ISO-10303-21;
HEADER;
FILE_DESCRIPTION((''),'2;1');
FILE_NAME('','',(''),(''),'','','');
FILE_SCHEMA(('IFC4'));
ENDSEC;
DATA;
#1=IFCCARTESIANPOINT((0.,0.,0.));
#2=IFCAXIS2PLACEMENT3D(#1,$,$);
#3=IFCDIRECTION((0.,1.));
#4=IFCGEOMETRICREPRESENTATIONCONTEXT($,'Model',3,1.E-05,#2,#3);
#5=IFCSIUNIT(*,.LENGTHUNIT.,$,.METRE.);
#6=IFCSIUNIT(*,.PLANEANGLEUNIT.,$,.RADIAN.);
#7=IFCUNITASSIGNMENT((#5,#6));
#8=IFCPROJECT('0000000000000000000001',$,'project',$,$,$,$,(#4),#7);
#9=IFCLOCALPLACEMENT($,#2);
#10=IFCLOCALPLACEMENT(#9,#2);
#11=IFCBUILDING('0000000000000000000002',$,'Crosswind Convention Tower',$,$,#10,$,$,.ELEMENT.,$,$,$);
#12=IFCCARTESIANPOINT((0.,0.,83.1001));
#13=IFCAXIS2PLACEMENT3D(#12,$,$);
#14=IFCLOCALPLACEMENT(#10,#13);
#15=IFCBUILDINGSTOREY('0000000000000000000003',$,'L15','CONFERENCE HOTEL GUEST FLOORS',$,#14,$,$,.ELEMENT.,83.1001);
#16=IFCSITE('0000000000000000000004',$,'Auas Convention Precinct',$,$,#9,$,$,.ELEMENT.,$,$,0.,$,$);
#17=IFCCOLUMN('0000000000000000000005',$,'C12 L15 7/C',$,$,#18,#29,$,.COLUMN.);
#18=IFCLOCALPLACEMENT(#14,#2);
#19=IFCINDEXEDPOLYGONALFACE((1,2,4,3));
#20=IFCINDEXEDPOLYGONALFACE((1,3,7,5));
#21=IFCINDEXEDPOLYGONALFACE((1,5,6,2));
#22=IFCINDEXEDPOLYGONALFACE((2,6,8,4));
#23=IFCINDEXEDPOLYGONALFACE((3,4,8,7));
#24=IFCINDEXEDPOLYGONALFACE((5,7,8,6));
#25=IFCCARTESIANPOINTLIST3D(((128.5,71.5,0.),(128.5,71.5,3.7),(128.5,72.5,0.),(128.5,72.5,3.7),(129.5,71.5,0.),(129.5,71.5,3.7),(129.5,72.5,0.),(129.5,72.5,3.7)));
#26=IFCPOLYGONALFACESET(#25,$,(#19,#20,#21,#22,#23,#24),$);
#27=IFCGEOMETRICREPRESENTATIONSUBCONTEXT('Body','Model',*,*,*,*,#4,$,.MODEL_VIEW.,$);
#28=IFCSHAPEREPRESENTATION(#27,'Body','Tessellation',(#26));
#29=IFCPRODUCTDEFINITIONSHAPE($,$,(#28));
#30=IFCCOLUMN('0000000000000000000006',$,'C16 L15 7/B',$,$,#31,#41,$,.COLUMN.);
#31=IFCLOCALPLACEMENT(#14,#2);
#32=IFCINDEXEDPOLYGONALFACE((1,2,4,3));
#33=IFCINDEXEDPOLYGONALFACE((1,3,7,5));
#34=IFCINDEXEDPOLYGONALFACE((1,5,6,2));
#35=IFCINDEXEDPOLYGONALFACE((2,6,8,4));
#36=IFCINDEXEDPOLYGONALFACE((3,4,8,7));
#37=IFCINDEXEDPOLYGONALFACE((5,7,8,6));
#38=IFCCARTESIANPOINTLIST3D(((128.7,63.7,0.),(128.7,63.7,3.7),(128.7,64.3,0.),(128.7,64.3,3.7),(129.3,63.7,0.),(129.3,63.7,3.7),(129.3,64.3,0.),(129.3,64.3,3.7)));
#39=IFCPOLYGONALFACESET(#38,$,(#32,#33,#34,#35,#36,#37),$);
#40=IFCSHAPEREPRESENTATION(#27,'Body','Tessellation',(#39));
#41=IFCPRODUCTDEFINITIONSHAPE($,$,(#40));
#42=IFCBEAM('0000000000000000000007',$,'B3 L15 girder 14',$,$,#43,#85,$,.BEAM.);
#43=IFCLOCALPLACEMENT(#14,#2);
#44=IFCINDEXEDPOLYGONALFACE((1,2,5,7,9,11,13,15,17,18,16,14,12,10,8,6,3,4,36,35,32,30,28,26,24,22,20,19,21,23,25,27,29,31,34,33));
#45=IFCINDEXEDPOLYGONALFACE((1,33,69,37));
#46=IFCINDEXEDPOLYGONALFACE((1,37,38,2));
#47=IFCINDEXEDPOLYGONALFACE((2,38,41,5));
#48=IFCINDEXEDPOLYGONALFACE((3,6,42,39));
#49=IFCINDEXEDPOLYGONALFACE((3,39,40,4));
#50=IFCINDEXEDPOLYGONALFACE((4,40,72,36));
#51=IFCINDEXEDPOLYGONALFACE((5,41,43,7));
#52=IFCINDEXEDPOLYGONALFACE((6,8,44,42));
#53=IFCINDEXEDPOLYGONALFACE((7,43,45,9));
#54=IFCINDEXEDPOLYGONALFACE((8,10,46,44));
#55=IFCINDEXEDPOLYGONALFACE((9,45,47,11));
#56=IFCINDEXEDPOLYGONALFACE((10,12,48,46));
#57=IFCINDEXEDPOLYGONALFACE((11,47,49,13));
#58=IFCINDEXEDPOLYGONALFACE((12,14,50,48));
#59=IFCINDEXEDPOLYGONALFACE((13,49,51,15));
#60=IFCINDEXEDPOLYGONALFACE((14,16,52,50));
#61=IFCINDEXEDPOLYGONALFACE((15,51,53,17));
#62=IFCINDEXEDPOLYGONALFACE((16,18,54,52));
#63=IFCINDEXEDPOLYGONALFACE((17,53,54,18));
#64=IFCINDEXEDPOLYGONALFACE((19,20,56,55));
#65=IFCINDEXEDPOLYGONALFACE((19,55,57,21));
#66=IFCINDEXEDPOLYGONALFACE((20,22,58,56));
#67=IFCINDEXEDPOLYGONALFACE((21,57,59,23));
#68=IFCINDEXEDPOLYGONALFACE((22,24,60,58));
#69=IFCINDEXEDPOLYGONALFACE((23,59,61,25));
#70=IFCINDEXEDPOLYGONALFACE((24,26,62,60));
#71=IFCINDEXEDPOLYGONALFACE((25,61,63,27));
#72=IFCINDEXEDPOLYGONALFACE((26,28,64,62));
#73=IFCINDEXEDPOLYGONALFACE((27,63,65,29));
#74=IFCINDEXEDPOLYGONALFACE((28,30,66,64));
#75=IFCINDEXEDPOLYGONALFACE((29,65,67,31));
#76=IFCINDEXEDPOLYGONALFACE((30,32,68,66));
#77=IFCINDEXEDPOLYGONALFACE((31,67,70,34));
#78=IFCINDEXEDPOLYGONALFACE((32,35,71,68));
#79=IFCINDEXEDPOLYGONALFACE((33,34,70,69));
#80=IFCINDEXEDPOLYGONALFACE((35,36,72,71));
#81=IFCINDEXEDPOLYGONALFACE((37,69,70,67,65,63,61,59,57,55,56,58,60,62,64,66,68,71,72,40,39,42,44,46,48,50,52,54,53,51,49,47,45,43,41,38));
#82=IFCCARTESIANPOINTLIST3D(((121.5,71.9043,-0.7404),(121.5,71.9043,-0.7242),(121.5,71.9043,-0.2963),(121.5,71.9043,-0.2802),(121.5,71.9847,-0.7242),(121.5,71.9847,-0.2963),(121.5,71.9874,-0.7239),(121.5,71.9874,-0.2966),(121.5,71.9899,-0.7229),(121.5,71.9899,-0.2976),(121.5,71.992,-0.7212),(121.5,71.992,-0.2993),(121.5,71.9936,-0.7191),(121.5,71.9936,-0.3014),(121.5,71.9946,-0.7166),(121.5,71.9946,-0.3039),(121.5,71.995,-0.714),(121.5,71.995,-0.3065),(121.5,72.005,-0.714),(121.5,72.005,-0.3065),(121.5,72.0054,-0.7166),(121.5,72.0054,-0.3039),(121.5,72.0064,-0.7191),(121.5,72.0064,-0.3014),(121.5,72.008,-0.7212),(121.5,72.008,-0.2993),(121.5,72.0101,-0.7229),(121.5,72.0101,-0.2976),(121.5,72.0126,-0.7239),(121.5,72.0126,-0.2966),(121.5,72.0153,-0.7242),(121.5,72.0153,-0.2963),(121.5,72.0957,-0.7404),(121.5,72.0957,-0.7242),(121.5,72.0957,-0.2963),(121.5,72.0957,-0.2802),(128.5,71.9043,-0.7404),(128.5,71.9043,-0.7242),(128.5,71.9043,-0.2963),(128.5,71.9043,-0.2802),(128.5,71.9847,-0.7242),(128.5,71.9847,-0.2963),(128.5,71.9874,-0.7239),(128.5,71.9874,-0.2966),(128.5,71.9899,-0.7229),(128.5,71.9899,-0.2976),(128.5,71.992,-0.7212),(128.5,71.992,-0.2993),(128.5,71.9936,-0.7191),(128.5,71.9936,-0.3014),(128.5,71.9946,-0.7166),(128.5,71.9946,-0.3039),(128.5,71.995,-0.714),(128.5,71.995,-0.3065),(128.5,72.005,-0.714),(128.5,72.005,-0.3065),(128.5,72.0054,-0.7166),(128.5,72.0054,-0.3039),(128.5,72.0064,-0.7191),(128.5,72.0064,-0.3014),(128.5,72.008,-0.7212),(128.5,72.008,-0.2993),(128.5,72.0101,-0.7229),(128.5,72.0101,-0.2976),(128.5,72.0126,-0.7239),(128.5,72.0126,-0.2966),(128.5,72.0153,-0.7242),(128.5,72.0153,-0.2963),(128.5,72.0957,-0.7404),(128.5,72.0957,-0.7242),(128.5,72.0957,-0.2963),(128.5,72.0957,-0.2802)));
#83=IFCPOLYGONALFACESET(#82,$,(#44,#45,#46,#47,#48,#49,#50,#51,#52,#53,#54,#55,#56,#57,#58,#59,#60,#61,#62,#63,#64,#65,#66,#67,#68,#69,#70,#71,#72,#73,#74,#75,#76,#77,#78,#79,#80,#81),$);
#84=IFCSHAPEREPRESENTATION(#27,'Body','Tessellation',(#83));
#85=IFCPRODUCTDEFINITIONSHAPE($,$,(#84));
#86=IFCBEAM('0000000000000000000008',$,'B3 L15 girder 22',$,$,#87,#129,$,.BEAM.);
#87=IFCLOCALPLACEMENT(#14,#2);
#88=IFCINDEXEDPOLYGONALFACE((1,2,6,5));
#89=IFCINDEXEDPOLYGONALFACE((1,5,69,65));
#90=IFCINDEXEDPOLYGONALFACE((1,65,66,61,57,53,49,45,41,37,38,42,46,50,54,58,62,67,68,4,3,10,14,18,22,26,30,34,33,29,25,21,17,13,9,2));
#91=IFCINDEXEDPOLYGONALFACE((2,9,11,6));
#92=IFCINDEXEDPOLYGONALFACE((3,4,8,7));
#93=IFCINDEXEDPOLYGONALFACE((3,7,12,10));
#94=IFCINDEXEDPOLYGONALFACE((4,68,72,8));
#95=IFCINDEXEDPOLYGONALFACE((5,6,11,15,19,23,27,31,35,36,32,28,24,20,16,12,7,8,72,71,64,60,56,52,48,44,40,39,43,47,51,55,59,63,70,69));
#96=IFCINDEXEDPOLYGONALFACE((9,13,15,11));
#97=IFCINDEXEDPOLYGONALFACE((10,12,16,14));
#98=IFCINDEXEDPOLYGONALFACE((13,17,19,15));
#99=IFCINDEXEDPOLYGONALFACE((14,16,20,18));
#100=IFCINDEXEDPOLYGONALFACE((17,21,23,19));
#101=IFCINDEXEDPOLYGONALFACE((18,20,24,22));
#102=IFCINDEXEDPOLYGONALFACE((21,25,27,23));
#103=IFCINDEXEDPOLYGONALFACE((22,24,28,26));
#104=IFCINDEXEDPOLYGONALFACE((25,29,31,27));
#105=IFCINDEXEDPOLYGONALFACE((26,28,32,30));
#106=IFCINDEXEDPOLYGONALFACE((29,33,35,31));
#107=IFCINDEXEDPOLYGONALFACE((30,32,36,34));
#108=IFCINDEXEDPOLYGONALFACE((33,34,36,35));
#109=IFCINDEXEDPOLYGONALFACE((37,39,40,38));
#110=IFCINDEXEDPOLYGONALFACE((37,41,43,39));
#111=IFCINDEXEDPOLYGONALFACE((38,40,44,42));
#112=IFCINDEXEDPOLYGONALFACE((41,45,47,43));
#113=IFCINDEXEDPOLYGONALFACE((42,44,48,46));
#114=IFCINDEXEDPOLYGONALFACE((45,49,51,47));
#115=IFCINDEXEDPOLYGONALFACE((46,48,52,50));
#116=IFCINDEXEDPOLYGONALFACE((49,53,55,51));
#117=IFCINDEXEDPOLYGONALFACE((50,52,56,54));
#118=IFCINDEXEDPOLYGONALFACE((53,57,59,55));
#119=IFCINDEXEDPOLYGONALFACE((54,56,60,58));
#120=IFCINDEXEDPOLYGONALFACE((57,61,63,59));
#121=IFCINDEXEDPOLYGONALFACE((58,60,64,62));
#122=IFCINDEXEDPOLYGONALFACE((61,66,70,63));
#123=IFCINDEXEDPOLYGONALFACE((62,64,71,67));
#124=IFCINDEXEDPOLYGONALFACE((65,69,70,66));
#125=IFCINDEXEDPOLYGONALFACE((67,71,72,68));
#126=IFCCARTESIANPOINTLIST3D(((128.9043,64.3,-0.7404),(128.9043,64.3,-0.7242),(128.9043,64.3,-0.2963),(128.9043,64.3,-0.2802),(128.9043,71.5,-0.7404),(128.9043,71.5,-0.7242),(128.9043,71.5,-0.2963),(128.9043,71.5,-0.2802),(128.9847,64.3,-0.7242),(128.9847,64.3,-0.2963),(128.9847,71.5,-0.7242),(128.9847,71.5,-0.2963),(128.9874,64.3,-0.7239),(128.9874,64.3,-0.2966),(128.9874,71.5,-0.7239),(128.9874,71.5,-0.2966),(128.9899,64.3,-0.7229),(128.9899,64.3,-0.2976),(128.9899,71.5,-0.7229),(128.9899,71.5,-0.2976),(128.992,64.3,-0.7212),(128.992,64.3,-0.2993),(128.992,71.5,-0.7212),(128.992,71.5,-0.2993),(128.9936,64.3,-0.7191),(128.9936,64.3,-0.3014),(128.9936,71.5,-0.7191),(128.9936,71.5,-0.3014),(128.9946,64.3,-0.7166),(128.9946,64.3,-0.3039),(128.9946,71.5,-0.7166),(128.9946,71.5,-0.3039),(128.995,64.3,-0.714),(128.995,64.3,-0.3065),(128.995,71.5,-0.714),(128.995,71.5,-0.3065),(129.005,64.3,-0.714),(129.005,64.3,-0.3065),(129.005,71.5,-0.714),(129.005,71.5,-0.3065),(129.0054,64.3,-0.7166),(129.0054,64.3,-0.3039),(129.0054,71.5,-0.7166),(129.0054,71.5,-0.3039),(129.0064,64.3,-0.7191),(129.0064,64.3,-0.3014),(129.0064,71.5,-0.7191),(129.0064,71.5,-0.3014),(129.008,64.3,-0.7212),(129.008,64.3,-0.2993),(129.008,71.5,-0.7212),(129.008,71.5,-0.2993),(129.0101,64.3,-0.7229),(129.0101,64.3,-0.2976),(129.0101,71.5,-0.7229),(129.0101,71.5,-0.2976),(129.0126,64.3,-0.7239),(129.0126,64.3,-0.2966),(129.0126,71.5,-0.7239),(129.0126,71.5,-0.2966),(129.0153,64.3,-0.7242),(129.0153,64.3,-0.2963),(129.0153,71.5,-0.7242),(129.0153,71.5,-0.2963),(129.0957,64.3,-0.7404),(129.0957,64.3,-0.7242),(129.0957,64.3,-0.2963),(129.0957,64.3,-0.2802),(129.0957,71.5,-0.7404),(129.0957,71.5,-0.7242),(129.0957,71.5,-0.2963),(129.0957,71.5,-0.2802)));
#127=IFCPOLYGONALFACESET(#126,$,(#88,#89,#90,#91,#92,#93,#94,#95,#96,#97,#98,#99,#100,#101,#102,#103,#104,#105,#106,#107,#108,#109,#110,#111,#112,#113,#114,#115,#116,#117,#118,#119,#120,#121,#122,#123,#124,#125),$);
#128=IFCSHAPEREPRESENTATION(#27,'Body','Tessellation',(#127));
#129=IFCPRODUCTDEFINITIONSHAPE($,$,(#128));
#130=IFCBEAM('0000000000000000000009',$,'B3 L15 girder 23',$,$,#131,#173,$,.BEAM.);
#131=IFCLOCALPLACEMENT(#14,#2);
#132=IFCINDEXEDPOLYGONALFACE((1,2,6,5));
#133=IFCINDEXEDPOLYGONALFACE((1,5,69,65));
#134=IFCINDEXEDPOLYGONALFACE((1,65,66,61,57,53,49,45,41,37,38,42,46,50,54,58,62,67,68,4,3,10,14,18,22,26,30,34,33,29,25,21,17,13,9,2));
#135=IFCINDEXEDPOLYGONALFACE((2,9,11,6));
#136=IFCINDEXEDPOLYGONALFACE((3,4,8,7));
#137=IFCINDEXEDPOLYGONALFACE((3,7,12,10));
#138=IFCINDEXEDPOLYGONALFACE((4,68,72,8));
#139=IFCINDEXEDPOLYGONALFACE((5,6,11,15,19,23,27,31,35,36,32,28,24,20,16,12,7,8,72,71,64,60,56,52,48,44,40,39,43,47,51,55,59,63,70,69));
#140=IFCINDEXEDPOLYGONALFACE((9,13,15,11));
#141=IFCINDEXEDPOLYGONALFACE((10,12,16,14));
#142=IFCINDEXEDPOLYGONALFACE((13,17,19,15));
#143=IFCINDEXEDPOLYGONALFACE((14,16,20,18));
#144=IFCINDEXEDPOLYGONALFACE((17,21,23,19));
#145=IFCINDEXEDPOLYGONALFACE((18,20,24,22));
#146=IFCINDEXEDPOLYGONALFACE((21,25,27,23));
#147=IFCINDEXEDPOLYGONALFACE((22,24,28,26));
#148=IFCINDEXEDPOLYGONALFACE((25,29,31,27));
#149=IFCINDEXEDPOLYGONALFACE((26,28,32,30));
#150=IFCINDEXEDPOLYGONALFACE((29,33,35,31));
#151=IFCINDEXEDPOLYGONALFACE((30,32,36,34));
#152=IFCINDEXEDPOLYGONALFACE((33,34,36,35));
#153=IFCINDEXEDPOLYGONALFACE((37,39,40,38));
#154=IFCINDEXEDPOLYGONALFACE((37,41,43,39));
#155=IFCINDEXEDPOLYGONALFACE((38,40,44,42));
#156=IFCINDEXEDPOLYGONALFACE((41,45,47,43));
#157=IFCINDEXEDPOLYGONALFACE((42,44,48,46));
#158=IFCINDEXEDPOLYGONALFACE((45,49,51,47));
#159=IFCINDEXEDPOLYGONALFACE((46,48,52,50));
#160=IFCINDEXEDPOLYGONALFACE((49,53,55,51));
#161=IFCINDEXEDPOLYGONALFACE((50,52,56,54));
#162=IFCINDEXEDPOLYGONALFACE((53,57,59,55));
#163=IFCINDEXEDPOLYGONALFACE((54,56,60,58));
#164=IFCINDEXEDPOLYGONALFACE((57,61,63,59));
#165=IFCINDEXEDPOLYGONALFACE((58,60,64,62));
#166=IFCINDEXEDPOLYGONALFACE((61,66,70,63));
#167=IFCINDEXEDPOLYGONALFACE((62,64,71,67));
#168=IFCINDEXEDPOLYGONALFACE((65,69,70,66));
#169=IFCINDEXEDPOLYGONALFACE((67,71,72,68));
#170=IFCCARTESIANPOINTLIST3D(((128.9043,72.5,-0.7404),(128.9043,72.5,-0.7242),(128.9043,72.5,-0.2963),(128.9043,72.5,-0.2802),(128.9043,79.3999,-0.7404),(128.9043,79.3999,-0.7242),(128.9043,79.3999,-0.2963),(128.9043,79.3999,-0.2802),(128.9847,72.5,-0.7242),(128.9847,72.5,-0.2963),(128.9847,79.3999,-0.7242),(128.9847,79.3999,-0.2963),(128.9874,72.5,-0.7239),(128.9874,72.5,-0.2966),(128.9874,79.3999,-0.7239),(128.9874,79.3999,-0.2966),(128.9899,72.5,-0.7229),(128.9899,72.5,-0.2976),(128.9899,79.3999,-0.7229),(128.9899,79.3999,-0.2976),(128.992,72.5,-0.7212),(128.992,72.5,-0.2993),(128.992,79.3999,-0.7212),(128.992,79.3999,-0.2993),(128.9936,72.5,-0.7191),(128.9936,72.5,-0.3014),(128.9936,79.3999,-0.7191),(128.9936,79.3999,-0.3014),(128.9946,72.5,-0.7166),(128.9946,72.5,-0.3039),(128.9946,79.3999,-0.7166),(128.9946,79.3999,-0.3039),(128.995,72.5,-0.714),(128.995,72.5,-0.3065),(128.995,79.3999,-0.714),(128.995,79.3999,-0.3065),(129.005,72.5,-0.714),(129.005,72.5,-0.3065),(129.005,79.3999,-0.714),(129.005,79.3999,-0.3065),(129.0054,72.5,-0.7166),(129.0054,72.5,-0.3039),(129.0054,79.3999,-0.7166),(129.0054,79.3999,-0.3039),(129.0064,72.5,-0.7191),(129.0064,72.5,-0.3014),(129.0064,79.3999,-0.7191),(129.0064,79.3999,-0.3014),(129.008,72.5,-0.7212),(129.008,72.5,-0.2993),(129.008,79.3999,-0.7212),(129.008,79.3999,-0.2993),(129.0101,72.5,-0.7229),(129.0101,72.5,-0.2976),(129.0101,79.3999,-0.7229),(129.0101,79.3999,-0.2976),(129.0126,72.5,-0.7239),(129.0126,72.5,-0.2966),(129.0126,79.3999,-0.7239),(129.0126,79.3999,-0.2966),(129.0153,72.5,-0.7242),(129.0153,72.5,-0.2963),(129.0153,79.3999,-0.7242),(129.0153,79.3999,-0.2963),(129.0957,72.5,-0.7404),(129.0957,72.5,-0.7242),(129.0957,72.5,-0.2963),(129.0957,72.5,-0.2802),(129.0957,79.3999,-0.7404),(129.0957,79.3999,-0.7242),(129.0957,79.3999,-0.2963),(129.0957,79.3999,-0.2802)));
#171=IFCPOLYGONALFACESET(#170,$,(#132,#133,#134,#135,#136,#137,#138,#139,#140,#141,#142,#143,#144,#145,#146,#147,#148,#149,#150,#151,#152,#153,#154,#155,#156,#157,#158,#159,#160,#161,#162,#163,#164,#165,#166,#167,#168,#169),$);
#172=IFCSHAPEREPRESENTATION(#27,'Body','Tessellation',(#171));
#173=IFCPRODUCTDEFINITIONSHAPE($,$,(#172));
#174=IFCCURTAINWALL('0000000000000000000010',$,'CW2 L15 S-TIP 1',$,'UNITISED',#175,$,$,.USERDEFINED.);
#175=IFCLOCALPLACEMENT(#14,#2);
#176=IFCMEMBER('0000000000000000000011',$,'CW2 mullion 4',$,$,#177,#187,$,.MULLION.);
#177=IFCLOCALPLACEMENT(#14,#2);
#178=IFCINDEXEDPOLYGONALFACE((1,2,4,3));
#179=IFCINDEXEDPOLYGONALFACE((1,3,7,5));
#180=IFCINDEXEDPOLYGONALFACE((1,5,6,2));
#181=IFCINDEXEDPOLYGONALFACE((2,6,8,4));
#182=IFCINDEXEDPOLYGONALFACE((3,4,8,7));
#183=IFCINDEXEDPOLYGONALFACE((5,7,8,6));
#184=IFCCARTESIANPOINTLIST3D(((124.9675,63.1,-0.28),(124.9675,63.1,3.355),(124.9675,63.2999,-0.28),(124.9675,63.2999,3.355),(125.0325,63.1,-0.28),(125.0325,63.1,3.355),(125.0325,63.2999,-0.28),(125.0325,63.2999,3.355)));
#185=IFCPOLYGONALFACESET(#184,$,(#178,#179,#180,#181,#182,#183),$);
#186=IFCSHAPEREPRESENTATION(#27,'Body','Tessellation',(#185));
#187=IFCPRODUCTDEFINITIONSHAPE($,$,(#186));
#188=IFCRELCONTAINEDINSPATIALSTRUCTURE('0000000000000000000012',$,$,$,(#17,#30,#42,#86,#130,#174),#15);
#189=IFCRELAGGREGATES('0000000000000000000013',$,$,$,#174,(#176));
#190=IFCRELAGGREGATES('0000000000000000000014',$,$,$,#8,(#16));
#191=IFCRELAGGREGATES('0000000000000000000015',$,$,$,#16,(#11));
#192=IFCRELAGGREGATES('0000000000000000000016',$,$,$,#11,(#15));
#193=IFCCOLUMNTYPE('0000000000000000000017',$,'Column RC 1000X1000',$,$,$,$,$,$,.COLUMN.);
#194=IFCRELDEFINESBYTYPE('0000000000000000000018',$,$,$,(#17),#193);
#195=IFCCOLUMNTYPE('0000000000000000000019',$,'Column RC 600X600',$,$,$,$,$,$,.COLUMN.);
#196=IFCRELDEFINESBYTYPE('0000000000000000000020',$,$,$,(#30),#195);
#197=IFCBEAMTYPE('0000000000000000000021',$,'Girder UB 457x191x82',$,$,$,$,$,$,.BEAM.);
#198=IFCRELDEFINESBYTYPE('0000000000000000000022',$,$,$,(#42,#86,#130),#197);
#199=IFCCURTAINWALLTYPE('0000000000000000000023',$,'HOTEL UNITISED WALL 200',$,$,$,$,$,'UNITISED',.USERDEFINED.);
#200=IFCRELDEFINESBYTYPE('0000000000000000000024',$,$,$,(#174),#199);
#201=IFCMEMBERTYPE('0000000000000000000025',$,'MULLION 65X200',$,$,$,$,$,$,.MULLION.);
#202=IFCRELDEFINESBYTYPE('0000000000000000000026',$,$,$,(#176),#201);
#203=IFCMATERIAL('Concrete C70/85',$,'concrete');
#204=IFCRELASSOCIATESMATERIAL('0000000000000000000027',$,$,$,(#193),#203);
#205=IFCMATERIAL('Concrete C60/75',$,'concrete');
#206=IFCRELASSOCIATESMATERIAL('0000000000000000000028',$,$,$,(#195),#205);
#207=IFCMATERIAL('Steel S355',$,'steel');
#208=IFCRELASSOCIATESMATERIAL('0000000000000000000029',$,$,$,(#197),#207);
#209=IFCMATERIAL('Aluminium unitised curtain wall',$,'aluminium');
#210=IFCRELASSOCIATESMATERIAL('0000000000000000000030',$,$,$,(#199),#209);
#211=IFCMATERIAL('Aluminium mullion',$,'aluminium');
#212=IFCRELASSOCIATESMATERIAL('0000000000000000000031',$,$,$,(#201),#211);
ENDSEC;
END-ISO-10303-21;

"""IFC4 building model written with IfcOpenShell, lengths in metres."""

from ifc_helpers import new_model, si_unit, direction, frame, origin, origin_2d, place, context, subcontext, project, spatial, rectangle, i_section, extrude, material, material_profile, profile_set, type_object, element, aggregate, save


model = new_model("IFC4")

# Units and contexts
model_context = context("Model", 3, precision=1e-05, world=origin(), true_north=direction((0.0, 1.0)))
body_context = subcontext(model_context, "Body", "Model", "MODEL_VIEW")
ifc_project = project(units=[si_unit("LENGTHUNIT", "METRE"), si_unit("PLANEANGLEUNIT", "RADIAN")], contexts=[model_context])

# Site, building, storey
site_placement = place(None, origin())
site = spatial("IfcSite", under=ifc_project, at=site_placement, Name="Auas Convention Precinct", CompositionType="ELEMENT", RefElevation=0.0)
building_placement = place(site_placement, origin())
building = spatial("IfcBuilding", under=site, at=building_placement, Name="Crosswind Convention Tower", CompositionType="ELEMENT")
storey_placement = place(building_placement, frame((0.0, 0.0, 83.1001)))
storey = spatial("IfcBuildingStorey", under=building, at=storey_placement, Name="L15", Description="CONFERENCE HOTEL GUEST FLOORS", CompositionType="ELEMENT", Elevation=83.1001)

# Columns
ifc_material_1 = material(Name="Concrete C70/85", Category="concrete")
ifc_material_profile_1 = material_profile(ifc_material_1, rectangle(XDim=1.0, YDim=1.0, at=origin_2d()), Name="RC 1000X1000")
ifc_profile_set_1 = profile_set([ifc_material_profile_1], Name="Concrete C70/85")
column_type_1 = type_object("IfcColumnType", Name="Column RC 1000X1000", PredefinedType="COLUMN", material=ifc_profile_set_1)
column_1_placement = place(storey_placement, frame((129.0, 72.0, 0.0), z_axis=(0.0, 0.0, 1.0), x_axis=(1.0, 0.0, 0.0)))
element("IfcColumn", 1, at=column_1_placement, inside=storey, type_object=column_type_1, Name="C12 L15 7/C", PredefinedType="COLUMN", context=body_context, shape_type="SweptSolid", body=[
    extrude(rectangle(XDim=1.0, YDim=1.0, at=origin_2d()), origin(), (0.0, 0.0, 1.0), 3.7),
])
ifc_material_2 = material(Name="Concrete C60/75", Category="concrete")
ifc_material_profile_2 = material_profile(ifc_material_2, rectangle(XDim=0.6001, YDim=0.6001, at=origin_2d()), Name="RC 600X600")
ifc_profile_set_2 = profile_set([ifc_material_profile_2], Name="Concrete C60/75")
column_type_2 = type_object("IfcColumnType", Name="Column RC 600X600", PredefinedType="COLUMN", material=ifc_profile_set_2)
column_2_placement = place(storey_placement, frame((129.0, 64.0, 0.0), z_axis=(0.0, 0.0, 1.0), x_axis=(1.0, 0.0, 0.0)))
element("IfcColumn", 2, at=column_2_placement, inside=storey, type_object=column_type_2, Name="C16 L15 7/B", PredefinedType="COLUMN", context=body_context, shape_type="SweptSolid", body=[
    extrude(rectangle(XDim=0.6001, YDim=0.6001, at=origin_2d()), origin(), (0.0, 0.0, 1.0), 3.7),
])

# Beams
ifc_material_3 = material(Name="Steel S355", Category="steel")
ifc_material_profile_3 = material_profile(ifc_material_3, i_section(OverallWidth=0.1914, OverallDepth=0.4602, WebThickness=0.01, FlangeThickness=0.0161, FilletRadius=0.0103, at=origin_2d()), Name="UB 457x191x82")
ifc_profile_set_3 = profile_set([ifc_material_profile_3], Name="Steel S355")
beam_type_1 = type_object("IfcBeamType", Name="Girder UB 457x191x82", PredefinedType="BEAM", material=ifc_profile_set_3)
beam_1_placement = place(storey_placement, frame((121.5, 72.0, -0.5103), z_axis=(1.0, 0.0, 0.0), x_axis=(0.0, 1.0, 0.0)))
element("IfcBeam", 3, at=beam_1_placement, inside=storey, type_object=beam_type_1, Name="B3 L15 girder 14", PredefinedType="BEAM", context=body_context, shape_type="SweptSolid", body=[
    extrude(i_section(OverallWidth=0.1914, OverallDepth=0.4602, WebThickness=0.01, FlangeThickness=0.0161, FilletRadius=0.0103, at=origin_2d()), origin(), (0.0, 0.0, 1.0), 7.0),
])
beam_2_placement = place(storey_placement, frame((129.0, 64.3, -0.5103), z_axis=(0.0, 1.0, 0.0), x_axis=(-1.0, 0.0, 0.0)))
element("IfcBeam", 4, at=beam_2_placement, inside=storey, type_object=beam_type_1, Name="B3 L15 girder 22", PredefinedType="BEAM", context=body_context, shape_type="SweptSolid", body=[
    extrude(i_section(OverallWidth=0.1914, OverallDepth=0.4602, WebThickness=0.01, FlangeThickness=0.0161, FilletRadius=0.0103, at=origin_2d()), origin(), (0.0, 0.0, 1.0), 7.2),
])
beam_3_placement = place(storey_placement, frame((129.0, 72.5, -0.5103), z_axis=(0.0, 1.0, 0.0), x_axis=(-1.0, 0.0, 0.0)))
element("IfcBeam", 5, at=beam_3_placement, inside=storey, type_object=beam_type_1, Name="B3 L15 girder 23", PredefinedType="BEAM", context=body_context, shape_type="SweptSolid", body=[
    extrude(i_section(OverallWidth=0.1914, OverallDepth=0.4602, WebThickness=0.01, FlangeThickness=0.0161, FilletRadius=0.0103, at=origin_2d()), origin(), (0.0, 0.0, 1.0), 6.8999),
])

# Curtain wall, member
ifc_material_4 = material(Name="Aluminium unitised curtain wall", Category="aluminium")
curtain_wall_type = type_object("IfcCurtainWallType", Name="HOTEL UNITISED WALL 200", ElementType="UNITISED", PredefinedType="USERDEFINED", material=ifc_material_4)
curtain_wall_placement = place(storey_placement, origin())
curtain_wall = element("IfcCurtainWall", 6, at=curtain_wall_placement, inside=storey, type_object=curtain_wall_type, Name="CW2 L15 S-TIP 1", ObjectType="UNITISED", PredefinedType="USERDEFINED")
ifc_material_5 = material(Name="Aluminium mullion", Category="aluminium")
ifc_material_profile_4 = material_profile(ifc_material_5, rectangle(XDim=0.2, YDim=0.0649, at=origin_2d()), Name="AL 200X65")
ifc_profile_set_4 = profile_set([ifc_material_profile_4], Name="Aluminium mullion")
member_type = type_object("IfcMemberType", Name="MULLION 65X200", PredefinedType="MULLION", material=ifc_profile_set_4)
member_1_placement = place(storey_placement, frame((125.0, 63.2, -0.28), z_axis=(0.0, 0.0, 1.0), x_axis=(0.0, -1.0, 0.0)))
member_1 = element("IfcMember", 7, at=member_1_placement, type_object=member_type, Name="CW2 mullion 4", PredefinedType="MULLION", context=body_context, shape_type="SweptSolid", body=[
    extrude(rectangle(XDim=0.2, YDim=0.0649, at=origin_2d()), origin(), (0.0, 0.0, 1.0), 3.635),
])

aggregate(curtain_wall, [member_1])

save(model, "model.ifc")
